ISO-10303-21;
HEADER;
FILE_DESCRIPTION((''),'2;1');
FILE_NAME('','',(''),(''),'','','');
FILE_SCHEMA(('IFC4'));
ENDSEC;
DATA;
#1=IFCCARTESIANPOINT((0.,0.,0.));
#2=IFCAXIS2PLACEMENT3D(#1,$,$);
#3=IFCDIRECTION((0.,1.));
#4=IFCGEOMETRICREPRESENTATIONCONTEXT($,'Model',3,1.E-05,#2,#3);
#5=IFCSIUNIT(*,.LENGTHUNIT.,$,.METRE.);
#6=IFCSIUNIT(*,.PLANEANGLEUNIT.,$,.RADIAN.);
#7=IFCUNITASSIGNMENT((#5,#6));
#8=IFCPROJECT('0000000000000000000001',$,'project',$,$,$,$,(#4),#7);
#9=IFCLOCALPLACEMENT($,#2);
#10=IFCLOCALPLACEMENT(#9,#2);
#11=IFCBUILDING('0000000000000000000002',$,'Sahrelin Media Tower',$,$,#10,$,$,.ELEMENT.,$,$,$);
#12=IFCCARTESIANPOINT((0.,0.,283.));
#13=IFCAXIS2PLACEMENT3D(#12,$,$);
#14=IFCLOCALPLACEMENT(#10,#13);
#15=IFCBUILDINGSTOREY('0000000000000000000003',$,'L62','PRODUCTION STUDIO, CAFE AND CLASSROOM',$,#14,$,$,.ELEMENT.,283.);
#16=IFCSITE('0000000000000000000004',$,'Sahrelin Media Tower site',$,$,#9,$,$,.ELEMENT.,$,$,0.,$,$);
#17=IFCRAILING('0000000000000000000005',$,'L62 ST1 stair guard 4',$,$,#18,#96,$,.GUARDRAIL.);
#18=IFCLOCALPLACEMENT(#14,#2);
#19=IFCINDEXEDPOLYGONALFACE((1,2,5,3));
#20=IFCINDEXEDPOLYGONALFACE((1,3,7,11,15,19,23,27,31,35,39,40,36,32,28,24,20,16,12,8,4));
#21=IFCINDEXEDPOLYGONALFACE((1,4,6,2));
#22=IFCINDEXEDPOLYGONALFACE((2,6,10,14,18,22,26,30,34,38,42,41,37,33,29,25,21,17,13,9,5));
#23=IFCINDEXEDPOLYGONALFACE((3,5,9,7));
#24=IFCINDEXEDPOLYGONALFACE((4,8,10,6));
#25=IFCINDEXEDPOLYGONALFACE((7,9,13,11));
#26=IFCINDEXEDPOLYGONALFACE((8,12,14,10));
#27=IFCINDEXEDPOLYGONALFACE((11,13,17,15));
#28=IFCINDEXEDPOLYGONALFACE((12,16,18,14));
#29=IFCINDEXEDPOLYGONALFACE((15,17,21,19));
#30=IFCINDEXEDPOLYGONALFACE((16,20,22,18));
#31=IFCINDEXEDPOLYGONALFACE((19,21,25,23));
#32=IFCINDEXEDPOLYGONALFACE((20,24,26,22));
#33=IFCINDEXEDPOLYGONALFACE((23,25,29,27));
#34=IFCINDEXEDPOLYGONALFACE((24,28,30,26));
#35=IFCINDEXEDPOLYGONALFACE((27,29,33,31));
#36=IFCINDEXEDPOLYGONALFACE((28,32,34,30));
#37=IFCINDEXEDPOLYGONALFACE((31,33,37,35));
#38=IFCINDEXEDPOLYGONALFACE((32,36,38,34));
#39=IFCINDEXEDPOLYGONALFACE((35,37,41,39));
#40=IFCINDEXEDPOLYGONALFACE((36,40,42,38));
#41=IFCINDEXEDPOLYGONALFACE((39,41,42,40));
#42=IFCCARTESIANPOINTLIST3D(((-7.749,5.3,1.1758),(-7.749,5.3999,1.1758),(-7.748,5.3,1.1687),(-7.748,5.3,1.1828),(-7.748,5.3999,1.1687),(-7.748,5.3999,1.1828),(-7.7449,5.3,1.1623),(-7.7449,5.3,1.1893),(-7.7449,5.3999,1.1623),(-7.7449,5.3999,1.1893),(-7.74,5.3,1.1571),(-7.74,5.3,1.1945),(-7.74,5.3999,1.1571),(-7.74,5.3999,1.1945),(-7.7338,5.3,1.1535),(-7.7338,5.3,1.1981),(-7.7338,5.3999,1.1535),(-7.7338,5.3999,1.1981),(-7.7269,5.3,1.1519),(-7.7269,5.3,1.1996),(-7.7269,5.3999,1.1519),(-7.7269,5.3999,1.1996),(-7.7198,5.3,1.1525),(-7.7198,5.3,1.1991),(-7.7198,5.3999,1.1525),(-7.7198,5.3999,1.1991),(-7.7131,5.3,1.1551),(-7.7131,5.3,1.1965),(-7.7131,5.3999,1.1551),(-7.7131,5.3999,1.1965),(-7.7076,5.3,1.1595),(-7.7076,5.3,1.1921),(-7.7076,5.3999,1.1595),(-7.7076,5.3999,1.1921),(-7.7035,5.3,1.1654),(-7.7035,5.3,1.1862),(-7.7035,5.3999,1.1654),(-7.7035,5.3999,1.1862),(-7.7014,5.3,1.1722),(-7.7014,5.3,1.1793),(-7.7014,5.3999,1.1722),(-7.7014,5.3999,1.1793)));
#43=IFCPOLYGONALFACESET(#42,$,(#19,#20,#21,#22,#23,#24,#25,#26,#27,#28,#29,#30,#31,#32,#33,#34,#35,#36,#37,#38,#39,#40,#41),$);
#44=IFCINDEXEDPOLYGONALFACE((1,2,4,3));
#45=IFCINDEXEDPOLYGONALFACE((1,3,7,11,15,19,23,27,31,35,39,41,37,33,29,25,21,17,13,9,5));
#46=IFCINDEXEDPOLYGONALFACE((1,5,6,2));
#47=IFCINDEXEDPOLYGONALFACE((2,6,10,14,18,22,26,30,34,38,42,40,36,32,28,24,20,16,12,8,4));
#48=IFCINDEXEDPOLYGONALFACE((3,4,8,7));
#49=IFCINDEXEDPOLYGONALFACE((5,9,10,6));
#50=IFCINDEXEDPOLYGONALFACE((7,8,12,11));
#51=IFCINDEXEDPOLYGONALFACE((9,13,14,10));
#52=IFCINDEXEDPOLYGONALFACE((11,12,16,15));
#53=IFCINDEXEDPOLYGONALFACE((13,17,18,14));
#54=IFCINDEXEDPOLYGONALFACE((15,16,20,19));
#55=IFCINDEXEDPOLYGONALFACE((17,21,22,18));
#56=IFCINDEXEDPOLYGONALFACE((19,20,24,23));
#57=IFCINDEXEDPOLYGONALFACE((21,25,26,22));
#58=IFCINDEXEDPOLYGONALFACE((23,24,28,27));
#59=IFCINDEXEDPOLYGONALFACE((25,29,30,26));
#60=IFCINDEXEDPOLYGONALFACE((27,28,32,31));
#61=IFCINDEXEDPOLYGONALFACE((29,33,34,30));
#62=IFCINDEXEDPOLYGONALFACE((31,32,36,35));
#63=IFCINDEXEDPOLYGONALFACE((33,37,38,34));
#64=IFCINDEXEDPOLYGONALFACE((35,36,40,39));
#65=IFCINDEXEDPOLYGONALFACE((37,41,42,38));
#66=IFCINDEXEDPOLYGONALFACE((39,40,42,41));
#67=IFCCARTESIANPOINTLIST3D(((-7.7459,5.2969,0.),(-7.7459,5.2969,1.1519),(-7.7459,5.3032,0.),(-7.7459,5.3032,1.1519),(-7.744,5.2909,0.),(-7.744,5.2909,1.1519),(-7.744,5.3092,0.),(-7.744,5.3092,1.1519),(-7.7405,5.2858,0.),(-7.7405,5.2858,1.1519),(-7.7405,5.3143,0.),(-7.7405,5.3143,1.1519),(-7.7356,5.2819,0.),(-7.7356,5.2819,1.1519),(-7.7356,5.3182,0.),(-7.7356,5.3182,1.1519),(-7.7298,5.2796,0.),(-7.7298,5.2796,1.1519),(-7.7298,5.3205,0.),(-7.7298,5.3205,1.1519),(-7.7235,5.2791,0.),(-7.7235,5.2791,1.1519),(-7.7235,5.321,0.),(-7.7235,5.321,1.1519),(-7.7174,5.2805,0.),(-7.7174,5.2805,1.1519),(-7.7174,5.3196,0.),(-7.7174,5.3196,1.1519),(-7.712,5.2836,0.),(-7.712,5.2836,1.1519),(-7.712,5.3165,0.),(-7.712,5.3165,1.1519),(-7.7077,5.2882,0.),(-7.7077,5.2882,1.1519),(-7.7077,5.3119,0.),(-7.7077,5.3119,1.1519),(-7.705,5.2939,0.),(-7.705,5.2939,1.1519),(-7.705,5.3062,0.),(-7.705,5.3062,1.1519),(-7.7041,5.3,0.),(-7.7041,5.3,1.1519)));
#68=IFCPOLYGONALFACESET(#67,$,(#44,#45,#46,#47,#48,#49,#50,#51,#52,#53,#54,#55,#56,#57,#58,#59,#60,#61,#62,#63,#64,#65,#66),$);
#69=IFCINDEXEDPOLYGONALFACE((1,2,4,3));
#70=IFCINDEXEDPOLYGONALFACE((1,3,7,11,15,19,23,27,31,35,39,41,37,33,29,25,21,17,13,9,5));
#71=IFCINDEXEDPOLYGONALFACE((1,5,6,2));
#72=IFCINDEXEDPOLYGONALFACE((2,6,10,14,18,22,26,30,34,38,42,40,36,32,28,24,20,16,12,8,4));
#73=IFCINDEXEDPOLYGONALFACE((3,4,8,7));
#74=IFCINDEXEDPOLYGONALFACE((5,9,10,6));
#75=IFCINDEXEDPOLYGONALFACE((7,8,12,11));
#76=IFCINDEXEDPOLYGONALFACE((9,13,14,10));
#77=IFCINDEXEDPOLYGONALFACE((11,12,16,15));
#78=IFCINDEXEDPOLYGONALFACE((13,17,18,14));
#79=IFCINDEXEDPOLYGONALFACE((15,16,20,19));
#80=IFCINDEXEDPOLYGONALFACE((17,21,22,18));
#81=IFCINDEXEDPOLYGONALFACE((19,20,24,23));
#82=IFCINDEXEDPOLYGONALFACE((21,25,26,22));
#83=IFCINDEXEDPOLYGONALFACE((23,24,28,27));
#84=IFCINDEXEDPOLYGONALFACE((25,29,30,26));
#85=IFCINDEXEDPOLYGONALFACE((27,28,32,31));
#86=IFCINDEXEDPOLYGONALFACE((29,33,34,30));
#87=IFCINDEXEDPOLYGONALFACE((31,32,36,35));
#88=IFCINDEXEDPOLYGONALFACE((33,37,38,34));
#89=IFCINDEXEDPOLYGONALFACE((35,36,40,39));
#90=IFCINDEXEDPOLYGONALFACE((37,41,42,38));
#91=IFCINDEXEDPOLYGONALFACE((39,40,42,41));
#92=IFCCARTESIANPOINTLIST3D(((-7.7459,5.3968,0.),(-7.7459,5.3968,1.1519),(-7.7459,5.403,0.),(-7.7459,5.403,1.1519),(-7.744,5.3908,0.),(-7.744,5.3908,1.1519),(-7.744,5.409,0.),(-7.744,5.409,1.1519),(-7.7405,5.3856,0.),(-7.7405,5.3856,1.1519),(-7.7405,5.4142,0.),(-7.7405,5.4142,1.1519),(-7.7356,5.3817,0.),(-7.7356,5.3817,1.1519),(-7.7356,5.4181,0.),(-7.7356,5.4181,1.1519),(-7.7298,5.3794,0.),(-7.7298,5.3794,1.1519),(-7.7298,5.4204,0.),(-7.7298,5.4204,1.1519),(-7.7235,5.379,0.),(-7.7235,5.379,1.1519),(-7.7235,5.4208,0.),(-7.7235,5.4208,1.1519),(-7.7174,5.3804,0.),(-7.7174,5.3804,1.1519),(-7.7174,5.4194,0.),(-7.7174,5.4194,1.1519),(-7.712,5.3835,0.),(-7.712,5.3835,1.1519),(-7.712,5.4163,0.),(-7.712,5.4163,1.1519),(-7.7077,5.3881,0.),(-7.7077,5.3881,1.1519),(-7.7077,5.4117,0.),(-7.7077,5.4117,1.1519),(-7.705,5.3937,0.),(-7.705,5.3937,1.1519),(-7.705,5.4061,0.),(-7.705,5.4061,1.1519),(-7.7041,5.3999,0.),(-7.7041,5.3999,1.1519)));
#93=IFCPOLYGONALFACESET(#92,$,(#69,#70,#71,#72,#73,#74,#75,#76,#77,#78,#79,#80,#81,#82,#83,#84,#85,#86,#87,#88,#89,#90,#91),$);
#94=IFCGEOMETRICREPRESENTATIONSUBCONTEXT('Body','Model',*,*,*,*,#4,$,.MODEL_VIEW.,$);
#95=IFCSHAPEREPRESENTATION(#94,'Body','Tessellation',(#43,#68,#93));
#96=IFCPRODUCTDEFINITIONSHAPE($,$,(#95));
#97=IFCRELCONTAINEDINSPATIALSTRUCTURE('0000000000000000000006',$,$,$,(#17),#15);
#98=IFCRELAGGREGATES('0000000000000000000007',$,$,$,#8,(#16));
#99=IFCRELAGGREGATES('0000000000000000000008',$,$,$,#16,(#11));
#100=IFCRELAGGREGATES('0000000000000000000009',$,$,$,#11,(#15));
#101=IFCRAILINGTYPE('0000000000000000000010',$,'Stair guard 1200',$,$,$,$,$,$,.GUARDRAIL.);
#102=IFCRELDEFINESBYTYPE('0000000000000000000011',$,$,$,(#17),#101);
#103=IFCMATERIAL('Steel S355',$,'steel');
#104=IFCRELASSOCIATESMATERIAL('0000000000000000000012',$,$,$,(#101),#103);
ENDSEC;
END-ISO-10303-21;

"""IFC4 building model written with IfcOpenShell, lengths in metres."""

from ifc_helpers import new_model, si_unit, direction, frame, origin, origin_2d, place, context, subcontext, project, spatial, circle, extrude, material, type_object, element, save


model = new_model("IFC4")

# Units and contexts
model_context = context("Model", 3, precision=1e-05, world=origin(), true_north=direction((0.0, 1.0)))
body_context = subcontext(model_context, "Body", "Model", "MODEL_VIEW")
ifc_project = project(units=[si_unit("LENGTHUNIT", "METRE"), si_unit("PLANEANGLEUNIT", "RADIAN")], contexts=[model_context])

# Site, building, storey
site_placement = place(None, origin())
site = spatial("IfcSite", under=ifc_project, at=site_placement, Name="Sahrelin Media Tower site", CompositionType="ELEMENT", RefElevation=0.0)
building_placement = place(site_placement, origin())
building = spatial("IfcBuilding", under=site, at=building_placement, Name="Sahrelin Media Tower", CompositionType="ELEMENT")
storey_placement = place(building_placement, frame((0.0, 0.0, 283.0)))
storey = spatial("IfcBuildingStorey", under=building, at=storey_placement, Name="L62", Description="PRODUCTION STUDIO, CAFE AND CLASSROOM", CompositionType="ELEMENT", Elevation=283.0)

# Shared definitions
ifc_material_1 = material(Name="Steel S355", Category="steel")

# Railing
railing_type_1 = type_object("IfcRailingType", Name="Stair guard 1200", PredefinedType="GUARDRAIL", material=ifc_material_1)
railing_1_placement = place(storey_placement, frame((-7.7251, 5.3, 0.0)))
element("IfcRailing", 1, at=railing_1_placement, inside=storey, type_object=railing_type_1, Name="L62 ST1 stair guard 4", PredefinedType="GUARDRAIL", context=body_context, shape_type="SweptSolid", body=[
    extrude(circle(Radius=0.0239, at=origin_2d()), frame((0.0, 0.0, 1.1758), z_axis=(0.0, 1.0, 0.0), x_axis=(-1.0, 0.0, 0.0)), (0.0, 0.0, 1.0), 0.0999),
    extrude(circle(Radius=0.021, at=origin_2d()), origin(), (0.0, 0.0, 1.0), 1.1519),
    extrude(circle(Radius=0.021, at=origin_2d()), frame((0.0, 0.0999, 0.0)), (0.0, 0.0, 1.0), 1.1519),
])

save(model, "model.ifc")
